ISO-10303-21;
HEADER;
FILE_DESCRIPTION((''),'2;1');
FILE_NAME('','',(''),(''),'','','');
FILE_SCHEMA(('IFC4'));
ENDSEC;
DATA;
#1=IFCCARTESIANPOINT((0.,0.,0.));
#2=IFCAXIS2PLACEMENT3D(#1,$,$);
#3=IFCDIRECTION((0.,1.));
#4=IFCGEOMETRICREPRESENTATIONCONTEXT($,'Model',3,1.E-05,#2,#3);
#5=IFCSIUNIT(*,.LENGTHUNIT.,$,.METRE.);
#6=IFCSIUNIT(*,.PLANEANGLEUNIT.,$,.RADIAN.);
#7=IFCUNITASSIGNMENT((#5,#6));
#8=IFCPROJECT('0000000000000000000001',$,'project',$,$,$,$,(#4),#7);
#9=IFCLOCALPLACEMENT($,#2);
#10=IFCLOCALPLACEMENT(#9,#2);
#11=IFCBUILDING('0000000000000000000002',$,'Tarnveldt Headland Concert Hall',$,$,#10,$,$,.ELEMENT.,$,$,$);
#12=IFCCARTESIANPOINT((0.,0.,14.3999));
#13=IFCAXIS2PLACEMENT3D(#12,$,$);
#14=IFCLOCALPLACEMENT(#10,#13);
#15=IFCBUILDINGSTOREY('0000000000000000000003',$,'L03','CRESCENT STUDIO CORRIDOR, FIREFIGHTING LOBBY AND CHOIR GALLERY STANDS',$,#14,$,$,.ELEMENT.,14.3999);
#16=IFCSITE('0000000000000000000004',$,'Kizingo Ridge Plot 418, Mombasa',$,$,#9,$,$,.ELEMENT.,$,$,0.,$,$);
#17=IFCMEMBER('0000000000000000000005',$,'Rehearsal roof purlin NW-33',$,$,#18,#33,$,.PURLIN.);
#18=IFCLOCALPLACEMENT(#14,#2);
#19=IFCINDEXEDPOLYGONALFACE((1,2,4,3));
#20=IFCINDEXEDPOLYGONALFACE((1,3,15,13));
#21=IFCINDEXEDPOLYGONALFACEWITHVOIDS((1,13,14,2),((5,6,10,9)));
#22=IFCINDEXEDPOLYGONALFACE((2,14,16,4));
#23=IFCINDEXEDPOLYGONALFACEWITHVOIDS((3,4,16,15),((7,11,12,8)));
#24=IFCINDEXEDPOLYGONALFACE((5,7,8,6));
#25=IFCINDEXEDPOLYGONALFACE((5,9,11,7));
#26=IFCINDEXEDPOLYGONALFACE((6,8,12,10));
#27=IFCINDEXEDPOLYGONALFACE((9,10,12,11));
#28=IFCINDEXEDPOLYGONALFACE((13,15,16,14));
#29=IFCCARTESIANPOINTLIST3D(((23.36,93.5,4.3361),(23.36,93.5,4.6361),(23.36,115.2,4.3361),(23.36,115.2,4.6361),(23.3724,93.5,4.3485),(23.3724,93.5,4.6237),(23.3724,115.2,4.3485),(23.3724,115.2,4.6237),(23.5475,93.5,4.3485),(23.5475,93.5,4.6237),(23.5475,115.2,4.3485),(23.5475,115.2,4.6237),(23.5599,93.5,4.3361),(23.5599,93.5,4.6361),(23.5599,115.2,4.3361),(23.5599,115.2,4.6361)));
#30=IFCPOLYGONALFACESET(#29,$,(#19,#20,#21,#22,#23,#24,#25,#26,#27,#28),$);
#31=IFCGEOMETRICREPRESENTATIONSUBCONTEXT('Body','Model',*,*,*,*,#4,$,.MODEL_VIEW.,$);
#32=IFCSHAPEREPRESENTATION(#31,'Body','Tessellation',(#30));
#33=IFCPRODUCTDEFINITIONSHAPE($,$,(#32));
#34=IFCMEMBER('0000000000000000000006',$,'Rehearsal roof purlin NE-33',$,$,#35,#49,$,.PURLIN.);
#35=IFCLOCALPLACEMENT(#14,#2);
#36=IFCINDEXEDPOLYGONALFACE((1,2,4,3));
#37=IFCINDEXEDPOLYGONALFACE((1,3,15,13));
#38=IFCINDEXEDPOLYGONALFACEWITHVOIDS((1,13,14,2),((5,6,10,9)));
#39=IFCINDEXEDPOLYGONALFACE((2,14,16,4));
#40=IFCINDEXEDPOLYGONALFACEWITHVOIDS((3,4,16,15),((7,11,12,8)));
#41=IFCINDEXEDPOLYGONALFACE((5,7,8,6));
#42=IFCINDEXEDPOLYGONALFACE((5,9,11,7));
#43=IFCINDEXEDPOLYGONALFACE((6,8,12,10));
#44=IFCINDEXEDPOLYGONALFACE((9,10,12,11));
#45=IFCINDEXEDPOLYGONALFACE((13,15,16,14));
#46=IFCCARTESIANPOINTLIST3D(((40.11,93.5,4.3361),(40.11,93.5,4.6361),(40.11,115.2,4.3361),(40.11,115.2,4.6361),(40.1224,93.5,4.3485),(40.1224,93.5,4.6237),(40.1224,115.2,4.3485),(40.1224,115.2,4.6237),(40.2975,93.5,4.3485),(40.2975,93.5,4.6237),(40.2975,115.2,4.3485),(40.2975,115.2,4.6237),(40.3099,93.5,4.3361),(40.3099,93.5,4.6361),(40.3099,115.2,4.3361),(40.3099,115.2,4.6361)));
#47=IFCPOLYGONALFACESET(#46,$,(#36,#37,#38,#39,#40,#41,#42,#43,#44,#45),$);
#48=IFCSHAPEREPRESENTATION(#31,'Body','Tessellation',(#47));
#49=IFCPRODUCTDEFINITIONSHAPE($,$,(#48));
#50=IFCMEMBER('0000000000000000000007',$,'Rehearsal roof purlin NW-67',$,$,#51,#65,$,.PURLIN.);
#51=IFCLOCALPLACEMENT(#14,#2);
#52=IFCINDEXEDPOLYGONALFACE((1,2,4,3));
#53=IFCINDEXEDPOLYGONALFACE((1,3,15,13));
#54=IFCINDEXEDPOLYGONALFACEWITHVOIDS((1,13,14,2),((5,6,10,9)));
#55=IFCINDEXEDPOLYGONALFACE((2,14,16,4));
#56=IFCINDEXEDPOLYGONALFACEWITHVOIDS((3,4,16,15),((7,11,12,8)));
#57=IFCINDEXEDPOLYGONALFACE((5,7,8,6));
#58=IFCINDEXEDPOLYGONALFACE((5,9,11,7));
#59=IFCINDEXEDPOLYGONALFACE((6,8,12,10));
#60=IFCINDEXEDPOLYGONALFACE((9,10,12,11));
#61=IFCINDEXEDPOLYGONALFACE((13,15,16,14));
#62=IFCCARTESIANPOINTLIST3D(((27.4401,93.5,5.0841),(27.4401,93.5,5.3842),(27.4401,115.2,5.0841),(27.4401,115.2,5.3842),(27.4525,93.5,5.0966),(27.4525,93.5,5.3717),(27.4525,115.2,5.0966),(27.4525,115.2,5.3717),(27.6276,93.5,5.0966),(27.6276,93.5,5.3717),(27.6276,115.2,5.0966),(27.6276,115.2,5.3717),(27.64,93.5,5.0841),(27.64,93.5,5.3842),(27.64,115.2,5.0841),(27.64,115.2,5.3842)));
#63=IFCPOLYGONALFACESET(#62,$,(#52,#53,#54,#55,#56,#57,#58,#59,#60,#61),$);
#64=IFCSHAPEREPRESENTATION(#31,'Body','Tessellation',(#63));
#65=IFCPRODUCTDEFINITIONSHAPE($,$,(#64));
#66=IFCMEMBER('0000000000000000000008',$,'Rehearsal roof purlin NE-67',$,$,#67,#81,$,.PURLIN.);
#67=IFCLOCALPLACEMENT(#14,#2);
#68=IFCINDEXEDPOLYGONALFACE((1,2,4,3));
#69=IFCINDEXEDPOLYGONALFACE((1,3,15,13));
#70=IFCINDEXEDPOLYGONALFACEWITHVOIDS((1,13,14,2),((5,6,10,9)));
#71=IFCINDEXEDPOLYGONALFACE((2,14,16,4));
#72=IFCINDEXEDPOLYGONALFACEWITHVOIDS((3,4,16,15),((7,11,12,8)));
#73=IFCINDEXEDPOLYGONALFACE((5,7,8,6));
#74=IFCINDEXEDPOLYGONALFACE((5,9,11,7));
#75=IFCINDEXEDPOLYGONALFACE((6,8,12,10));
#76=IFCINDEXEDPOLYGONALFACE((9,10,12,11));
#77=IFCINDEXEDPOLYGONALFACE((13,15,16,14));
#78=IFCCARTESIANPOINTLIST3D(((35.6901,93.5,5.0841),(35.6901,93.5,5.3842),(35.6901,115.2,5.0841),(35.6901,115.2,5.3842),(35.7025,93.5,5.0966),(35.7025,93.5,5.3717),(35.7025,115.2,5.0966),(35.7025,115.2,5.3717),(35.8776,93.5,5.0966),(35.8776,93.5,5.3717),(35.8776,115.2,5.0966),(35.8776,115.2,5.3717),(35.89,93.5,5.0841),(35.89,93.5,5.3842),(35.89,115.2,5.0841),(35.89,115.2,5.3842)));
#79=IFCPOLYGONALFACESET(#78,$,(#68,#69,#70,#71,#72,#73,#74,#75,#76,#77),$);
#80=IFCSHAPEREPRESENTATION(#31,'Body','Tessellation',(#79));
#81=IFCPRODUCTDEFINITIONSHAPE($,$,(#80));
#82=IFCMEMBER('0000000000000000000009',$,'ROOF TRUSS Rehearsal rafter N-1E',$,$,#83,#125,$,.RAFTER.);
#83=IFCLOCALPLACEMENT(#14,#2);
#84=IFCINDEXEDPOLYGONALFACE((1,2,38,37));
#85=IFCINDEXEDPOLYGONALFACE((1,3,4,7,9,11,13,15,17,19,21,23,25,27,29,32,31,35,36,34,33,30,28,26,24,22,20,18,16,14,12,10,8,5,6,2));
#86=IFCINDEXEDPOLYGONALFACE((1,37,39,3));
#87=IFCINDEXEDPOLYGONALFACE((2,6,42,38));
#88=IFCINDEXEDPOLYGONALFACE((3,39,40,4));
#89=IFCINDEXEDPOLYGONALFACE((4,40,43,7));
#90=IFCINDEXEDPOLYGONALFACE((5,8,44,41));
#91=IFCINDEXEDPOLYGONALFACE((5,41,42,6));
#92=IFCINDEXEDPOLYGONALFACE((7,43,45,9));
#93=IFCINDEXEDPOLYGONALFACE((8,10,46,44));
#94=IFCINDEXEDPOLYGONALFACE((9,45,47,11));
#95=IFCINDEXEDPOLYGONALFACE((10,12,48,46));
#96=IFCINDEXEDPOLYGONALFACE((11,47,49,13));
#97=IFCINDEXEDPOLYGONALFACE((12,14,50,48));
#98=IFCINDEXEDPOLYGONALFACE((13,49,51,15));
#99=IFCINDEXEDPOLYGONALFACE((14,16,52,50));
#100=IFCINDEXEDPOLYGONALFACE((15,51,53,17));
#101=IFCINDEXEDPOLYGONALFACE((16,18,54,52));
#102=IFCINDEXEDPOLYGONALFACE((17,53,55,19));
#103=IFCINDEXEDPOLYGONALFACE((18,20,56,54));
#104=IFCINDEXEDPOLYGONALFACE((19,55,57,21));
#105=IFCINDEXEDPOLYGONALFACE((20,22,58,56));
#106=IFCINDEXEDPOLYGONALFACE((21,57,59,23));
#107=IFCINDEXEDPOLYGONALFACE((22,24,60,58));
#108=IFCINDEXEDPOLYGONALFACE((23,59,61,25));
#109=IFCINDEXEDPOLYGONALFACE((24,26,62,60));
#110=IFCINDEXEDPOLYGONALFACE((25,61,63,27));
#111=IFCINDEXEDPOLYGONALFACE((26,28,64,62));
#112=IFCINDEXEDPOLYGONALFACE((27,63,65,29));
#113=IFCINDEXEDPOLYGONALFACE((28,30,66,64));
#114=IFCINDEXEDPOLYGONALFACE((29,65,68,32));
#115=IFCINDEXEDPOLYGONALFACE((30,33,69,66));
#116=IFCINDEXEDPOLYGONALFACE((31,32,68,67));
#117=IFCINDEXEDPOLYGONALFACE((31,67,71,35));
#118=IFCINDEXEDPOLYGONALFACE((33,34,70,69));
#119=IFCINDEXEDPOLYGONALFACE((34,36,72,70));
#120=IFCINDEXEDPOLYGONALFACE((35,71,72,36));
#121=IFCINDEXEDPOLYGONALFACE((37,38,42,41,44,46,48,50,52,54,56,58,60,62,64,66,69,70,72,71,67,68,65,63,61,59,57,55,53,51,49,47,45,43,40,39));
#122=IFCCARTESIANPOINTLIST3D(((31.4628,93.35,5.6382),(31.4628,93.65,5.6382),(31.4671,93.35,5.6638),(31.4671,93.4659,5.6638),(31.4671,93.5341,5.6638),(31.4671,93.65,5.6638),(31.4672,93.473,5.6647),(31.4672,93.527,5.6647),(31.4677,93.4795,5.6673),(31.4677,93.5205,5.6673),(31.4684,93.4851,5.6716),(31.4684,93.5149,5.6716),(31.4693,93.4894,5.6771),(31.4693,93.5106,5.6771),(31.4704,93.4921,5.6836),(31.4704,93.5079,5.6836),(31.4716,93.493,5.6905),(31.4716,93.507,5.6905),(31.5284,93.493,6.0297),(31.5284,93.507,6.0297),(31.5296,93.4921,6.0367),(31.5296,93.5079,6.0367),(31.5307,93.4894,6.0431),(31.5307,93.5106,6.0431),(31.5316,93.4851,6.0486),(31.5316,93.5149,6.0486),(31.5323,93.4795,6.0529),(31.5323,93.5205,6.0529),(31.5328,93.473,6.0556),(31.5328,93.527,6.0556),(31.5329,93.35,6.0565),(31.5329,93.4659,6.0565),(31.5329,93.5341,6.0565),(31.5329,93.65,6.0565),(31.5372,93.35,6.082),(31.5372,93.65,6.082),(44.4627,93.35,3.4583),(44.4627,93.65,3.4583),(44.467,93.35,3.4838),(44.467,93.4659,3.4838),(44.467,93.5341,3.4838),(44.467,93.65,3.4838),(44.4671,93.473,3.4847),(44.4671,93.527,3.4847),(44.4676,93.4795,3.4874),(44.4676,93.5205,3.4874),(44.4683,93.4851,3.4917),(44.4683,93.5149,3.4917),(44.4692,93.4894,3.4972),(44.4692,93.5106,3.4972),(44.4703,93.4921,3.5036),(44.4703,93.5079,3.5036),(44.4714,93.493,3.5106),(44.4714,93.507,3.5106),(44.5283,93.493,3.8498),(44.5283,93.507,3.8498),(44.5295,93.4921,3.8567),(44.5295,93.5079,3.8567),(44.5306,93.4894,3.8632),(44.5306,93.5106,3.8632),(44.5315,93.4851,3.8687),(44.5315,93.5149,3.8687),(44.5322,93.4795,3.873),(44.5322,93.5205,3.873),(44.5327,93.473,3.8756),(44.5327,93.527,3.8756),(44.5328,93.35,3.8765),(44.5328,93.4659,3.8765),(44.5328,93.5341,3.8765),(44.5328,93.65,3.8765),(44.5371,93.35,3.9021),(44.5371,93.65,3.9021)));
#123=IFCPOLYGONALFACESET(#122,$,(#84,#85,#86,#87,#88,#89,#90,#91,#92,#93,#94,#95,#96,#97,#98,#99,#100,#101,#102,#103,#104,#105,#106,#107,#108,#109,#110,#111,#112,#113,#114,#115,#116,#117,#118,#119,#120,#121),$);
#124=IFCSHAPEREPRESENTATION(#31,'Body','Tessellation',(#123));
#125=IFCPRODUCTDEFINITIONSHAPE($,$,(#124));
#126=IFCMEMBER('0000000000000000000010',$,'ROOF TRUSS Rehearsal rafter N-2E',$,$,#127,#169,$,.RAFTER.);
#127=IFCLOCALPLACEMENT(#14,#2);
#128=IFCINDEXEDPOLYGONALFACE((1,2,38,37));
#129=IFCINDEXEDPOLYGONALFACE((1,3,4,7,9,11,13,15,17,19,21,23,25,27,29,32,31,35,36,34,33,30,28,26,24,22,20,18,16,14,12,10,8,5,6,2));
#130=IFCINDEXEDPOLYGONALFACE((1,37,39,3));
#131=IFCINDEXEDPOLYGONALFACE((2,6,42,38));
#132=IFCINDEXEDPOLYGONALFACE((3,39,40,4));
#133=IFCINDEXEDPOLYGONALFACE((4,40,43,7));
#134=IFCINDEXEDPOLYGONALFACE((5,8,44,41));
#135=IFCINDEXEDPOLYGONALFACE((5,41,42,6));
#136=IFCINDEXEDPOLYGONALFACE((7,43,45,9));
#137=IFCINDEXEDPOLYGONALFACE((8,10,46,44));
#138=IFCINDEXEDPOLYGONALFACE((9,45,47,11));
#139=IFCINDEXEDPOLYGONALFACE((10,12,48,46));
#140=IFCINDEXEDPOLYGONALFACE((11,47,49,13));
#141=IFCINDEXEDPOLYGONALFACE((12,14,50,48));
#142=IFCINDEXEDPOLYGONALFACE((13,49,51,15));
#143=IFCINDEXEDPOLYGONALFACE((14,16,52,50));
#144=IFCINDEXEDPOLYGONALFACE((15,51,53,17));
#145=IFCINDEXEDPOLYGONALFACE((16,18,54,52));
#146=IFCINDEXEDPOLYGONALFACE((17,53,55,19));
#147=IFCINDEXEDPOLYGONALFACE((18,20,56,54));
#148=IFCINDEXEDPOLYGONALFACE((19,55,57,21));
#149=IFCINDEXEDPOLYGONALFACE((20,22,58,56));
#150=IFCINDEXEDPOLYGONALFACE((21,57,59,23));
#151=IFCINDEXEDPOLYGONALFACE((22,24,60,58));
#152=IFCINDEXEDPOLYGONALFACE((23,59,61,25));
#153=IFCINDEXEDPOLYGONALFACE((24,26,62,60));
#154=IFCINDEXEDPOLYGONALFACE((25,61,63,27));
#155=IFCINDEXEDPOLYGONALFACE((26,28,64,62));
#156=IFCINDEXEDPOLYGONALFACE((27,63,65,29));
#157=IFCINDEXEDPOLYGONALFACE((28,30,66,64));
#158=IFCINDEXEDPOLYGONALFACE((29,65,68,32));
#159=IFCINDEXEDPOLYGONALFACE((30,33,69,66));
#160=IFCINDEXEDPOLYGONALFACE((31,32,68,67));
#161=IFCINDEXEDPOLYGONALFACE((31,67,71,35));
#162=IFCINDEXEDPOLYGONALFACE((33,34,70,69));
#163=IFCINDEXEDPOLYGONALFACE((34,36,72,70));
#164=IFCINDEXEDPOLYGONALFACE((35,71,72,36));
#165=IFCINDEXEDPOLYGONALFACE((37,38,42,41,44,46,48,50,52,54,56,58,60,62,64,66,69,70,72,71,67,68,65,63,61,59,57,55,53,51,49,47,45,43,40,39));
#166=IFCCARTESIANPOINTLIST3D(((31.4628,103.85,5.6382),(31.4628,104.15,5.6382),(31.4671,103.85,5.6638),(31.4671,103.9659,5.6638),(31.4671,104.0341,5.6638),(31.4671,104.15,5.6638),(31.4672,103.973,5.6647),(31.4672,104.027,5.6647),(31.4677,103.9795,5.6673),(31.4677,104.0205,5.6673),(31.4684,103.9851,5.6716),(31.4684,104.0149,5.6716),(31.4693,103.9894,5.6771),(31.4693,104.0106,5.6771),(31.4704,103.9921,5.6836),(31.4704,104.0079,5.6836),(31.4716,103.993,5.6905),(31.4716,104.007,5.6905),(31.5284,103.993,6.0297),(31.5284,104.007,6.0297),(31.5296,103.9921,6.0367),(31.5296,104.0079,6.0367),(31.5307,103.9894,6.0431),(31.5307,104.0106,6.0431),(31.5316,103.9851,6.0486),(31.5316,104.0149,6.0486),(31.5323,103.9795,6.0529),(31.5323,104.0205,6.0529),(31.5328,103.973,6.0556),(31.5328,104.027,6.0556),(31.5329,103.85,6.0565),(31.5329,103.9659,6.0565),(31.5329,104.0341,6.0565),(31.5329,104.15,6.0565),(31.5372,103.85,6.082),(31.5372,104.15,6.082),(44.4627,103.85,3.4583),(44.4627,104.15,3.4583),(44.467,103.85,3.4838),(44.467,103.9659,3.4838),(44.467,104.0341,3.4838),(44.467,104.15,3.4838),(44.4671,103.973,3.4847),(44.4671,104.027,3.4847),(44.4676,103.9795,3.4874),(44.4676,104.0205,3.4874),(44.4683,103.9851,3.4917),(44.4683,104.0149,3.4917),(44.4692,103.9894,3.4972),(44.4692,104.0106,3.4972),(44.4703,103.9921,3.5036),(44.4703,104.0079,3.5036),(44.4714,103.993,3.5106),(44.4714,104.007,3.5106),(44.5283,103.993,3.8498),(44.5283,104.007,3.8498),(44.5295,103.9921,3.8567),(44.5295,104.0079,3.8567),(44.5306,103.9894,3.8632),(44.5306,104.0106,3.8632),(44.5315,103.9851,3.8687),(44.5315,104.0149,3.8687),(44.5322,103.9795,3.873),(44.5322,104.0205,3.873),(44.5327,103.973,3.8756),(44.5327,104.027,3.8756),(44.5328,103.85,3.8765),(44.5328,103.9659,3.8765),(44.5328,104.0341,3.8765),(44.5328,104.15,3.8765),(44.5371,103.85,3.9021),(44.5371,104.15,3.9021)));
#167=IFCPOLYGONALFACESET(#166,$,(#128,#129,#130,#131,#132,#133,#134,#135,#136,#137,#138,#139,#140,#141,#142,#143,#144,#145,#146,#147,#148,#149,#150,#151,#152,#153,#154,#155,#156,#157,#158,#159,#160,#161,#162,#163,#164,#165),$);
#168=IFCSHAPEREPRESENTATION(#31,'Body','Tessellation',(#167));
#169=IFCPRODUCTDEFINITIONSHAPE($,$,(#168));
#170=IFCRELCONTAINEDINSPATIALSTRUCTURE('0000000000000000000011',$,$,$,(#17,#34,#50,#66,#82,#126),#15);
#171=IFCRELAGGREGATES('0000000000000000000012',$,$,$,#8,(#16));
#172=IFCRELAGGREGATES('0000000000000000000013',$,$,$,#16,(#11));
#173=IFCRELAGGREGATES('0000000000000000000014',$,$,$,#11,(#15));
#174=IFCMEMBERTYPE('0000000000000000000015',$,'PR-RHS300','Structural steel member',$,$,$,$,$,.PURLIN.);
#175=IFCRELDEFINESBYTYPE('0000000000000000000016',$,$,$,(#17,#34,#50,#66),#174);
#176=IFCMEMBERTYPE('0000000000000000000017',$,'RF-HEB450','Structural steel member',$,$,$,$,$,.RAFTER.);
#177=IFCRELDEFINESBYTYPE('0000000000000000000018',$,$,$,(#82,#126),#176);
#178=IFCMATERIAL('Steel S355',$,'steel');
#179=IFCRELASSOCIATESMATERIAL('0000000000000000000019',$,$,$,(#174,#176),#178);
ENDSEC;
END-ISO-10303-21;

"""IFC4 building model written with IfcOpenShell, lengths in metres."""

from ifc_helpers import new_model, si_unit, direction, frame, origin, origin_2d, place, context, subcontext, project, spatial, hollow_rectangle, i_section, extrude, material, material_profile, profile_set, type_object, element, save


model = new_model("IFC4")

# Units and contexts
model_context = context("Model", 3, precision=1e-05, world=origin(), true_north=direction((0.0, 1.0)))
body_context = subcontext(model_context, "Body", "Model", "MODEL_VIEW")
ifc_project = project(units=[si_unit("LENGTHUNIT", "METRE"), si_unit("PLANEANGLEUNIT", "RADIAN")], contexts=[model_context])

# Site, building, storey
site_placement = place(None, origin())
site = spatial("IfcSite", under=ifc_project, at=site_placement, Name="Kizingo Ridge Plot 418, Mombasa", CompositionType="ELEMENT", RefElevation=0.0)
building_placement = place(site_placement, origin())
building = spatial("IfcBuilding", under=site, at=building_placement, Name="Tarnveldt Headland Concert Hall", CompositionType="ELEMENT")
storey_placement = place(building_placement, frame((0.0, 0.0, 14.3999)))
storey = spatial("IfcBuildingStorey", under=building, at=storey_placement, Name="L03", Description="CRESCENT STUDIO CORRIDOR, FIREFIGHTING LOBBY AND CHOIR GALLERY STANDS", CompositionType="ELEMENT", Elevation=14.3999)

# Shared definitions
ifc_material_1 = material(Name="Steel S355", Category="steel")

# Members
ifc_material_profile_1 = material_profile(ifc_material_1, hollow_rectangle(XDim=0.2, YDim=0.3, WallThickness=0.0125, at=origin_2d()), Name="RHS 300x200x12.5", Category="steel")
ifc_profile_set_1 = profile_set([ifc_material_profile_1], Name="Steel S355")
member_type_1 = type_object("IfcMemberType", Name="PR-RHS300", Description="Structural steel member", PredefinedType="PURLIN", material=ifc_profile_set_1)
for number, where, z_axis, x_axis, name in (
    (1, (23.46, 93.5, 4.4861), (0.0, 1.0, 0.0), (-1.0, 0.0, 0.0), "Rehearsal roof purlin NW-33"),
    (2, (40.21, 93.5, 4.4861), (0.0, 1.0, 0.0), (-1.0, 0.0, 0.0), "Rehearsal roof purlin NE-33"),
    (3, (27.54, 93.5, 5.2341), (0.0, 1.0, 0.0), (-1.0, 0.0, 0.0), "Rehearsal roof purlin NW-67"),
    (4, (35.79, 93.5, 5.2341), (0.0, 1.0, 0.0), (-1.0, 0.0, 0.0), "Rehearsal roof purlin NE-67"),
):
    element("IfcMember", number, at=place(storey_placement, frame(where, z_axis=z_axis, x_axis=x_axis)), inside=storey, type_object=member_type_1, Name=name, PredefinedType="PURLIN", context=body_context, shape_type="SweptSolid", body=[
        extrude(hollow_rectangle(XDim=0.2, YDim=0.3, WallThickness=0.0125, at=origin_2d()), origin(), (0.0, 0.0, 1.0), 21.7),
    ])
ifc_material_profile_2 = material_profile(ifc_material_1, i_section(OverallWidth=0.3, OverallDepth=0.45, WebThickness=0.0139, FlangeThickness=0.0259, FilletRadius=0.0271, at=origin_2d()), Name="HEB450", Category="steel")
ifc_profile_set_2 = profile_set([ifc_material_profile_2], Name="Steel S355")
member_type_2 = type_object("IfcMemberType", Name="RF-HEB450", Description="Structural steel member", PredefinedType="RAFTER", material=ifc_profile_set_2)
for number, where, z_axis, x_axis, name in (
    (5, (31.5, 93.5, 5.8601), (0.98623, 0.0, -0.165378), (0.0, 1.0, 0.0), "ROOF TRUSS Rehearsal rafter N-1E"),
    (6, (31.5, 104.0, 5.8601), (0.98623, 0.0, -0.165378), (0.0, 1.0, 0.0), "ROOF TRUSS Rehearsal rafter N-2E"),
):
    element("IfcMember", number, at=place(storey_placement, frame(where, z_axis=z_axis, x_axis=x_axis)), inside=storey, type_object=member_type_2, Name=name, PredefinedType="RAFTER", context=body_context, shape_type="SweptSolid", body=[
        extrude(i_section(OverallWidth=0.3, OverallDepth=0.45, WebThickness=0.0139, FlangeThickness=0.0259, FilletRadius=0.0271, at=origin_2d()), origin(), (0.0, 0.0, 1.0), 13.1814),
    ])

save(model, "model.ifc")
